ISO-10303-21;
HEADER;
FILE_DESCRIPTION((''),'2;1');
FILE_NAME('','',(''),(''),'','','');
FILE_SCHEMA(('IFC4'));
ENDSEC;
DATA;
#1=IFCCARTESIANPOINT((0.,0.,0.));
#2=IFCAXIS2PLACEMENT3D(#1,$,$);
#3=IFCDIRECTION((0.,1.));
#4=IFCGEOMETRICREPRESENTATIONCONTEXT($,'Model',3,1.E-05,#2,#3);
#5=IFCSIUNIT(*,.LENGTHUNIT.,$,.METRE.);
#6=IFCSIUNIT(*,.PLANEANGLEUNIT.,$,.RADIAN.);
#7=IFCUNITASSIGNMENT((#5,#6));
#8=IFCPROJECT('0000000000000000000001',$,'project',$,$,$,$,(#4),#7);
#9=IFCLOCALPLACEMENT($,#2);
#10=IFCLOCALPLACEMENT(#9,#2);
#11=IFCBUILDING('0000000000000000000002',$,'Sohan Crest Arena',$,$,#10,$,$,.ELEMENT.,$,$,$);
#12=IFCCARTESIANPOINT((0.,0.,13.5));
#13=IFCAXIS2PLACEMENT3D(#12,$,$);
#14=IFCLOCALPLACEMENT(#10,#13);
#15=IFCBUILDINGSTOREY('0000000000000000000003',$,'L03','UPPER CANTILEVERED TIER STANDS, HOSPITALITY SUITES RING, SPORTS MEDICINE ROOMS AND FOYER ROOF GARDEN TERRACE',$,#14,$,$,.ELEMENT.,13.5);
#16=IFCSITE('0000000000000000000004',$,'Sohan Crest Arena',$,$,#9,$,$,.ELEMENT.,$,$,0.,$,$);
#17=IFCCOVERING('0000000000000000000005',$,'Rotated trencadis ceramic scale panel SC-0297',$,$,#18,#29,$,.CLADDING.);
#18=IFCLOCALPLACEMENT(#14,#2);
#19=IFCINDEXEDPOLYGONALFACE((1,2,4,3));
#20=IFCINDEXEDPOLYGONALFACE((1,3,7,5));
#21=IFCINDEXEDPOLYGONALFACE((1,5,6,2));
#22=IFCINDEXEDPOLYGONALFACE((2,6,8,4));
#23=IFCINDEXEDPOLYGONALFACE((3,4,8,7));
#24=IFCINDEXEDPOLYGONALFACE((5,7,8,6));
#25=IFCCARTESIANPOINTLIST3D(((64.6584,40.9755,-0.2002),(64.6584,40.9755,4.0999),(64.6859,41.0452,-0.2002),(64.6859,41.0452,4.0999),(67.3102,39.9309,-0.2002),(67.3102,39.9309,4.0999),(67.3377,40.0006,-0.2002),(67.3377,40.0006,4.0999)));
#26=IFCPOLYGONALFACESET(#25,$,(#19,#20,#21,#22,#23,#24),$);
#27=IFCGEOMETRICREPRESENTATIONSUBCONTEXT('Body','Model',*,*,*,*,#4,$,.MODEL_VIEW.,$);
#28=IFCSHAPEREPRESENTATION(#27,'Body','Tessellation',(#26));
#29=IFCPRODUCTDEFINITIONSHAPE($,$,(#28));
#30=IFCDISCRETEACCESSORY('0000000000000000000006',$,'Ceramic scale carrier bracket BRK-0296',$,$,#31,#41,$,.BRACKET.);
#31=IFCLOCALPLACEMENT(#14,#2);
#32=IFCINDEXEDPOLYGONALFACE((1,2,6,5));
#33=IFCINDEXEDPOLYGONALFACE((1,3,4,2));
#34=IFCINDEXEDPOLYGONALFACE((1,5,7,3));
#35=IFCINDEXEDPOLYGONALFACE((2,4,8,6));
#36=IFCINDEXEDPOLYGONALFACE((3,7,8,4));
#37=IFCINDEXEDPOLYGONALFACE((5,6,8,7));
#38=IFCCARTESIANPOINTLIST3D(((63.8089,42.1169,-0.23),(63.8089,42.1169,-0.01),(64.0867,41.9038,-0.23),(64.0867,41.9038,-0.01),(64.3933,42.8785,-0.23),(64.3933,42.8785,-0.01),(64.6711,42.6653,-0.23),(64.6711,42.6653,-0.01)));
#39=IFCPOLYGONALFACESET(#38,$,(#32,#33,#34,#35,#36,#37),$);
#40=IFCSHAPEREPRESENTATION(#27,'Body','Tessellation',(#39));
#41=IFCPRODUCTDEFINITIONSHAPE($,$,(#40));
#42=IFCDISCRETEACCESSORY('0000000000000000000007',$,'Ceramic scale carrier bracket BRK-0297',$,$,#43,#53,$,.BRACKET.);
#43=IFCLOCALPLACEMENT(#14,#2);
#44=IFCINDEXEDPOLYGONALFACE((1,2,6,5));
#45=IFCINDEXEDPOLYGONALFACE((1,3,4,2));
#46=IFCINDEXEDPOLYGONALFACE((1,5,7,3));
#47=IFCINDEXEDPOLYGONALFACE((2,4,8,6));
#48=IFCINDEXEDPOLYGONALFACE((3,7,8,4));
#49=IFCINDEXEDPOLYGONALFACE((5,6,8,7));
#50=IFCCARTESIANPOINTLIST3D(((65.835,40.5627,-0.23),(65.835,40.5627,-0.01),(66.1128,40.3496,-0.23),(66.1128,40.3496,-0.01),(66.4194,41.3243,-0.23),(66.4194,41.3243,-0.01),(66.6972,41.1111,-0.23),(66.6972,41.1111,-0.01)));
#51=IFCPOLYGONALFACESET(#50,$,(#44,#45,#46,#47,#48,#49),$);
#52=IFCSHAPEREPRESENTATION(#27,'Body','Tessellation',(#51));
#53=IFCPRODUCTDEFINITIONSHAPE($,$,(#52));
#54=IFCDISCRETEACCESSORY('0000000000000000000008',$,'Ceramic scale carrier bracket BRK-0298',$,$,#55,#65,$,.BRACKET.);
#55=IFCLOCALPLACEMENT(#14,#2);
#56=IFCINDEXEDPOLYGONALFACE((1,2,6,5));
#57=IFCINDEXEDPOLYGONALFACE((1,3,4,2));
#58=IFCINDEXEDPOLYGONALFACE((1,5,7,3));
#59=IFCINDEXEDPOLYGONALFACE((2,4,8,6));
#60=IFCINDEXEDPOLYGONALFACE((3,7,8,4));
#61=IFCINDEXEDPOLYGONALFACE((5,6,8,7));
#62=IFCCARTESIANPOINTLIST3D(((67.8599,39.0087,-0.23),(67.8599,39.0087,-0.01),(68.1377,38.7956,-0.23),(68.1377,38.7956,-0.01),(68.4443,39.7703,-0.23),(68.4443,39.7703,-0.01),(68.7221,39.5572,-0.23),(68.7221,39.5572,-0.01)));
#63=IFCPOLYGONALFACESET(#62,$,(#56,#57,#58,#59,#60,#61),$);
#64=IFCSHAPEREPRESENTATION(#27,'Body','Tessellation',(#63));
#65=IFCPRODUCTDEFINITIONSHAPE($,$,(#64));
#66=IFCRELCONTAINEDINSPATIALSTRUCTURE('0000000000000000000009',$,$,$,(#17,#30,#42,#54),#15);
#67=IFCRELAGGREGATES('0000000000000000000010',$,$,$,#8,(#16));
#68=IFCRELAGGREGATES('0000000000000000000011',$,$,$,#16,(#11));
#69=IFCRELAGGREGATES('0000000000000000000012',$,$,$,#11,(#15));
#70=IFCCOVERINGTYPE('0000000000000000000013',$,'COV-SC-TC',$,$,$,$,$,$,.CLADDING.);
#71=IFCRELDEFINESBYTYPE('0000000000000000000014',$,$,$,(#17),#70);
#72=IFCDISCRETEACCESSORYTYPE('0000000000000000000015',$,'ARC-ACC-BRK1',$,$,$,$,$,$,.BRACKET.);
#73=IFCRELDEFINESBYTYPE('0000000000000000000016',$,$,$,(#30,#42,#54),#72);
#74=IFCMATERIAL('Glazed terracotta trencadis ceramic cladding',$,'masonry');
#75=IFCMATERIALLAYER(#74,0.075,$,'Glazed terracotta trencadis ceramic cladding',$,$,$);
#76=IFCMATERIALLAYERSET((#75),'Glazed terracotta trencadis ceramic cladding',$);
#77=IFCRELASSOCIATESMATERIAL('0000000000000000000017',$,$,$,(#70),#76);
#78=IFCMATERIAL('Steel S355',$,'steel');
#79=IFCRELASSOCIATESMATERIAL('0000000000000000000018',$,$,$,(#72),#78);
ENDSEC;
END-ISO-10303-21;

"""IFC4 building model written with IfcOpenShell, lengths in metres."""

from ifc_helpers import new_model, si_unit, direction, frame, origin, origin_2d, place, context, subcontext, project, spatial, rectangle, extrude, material, layer, layer_set, type_object, element, save


model = new_model("IFC4")

# Units and contexts
model_context = context("Model", 3, precision=1e-05, world=origin(), true_north=direction((0.0, 1.0)))
body_context = subcontext(model_context, "Body", "Model", "MODEL_VIEW")
ifc_project = project(units=[si_unit("LENGTHUNIT", "METRE"), si_unit("PLANEANGLEUNIT", "RADIAN")], contexts=[model_context])

# Site, building, storey
site_placement = place(None, origin())
site = spatial("IfcSite", under=ifc_project, at=site_placement, Name="Sohan Crest Arena", CompositionType="ELEMENT", RefElevation=0.0)
building_placement = place(site_placement, origin())
building = spatial("IfcBuilding", under=site, at=building_placement, Name="Sohan Crest Arena", CompositionType="ELEMENT")
storey_placement = place(building_placement, frame((0.0, 0.0, 13.5)))
storey = spatial("IfcBuildingStorey", under=building, at=storey_placement, Name="L03", Description="UPPER CANTILEVERED TIER STANDS, HOSPITALITY SUITES RING, SPORTS MEDICINE ROOMS AND FOYER ROOF GARDEN TERRACE", CompositionType="ELEMENT", Elevation=13.5)

# Covering
ifc_material_1 = material(Name="Glazed terracotta trencadis ceramic cladding", Category="masonry")
ifc_layer_1 = layer(ifc_material_1, 0.075, Name="Glazed terracotta trencadis ceramic cladding")
ifc_layer_set_1 = layer_set([ifc_layer_1], Name="Glazed terracotta trencadis ceramic cladding")
covering_type_1 = type_object("IfcCoveringType", Name="COV-SC-TC", PredefinedType="CLADDING", material=ifc_layer_set_1)
covering_placement = place(storey_placement, frame((65.998, 40.488, -0.2002), z_axis=(0.0, 0.0, 1.0), x_axis=(0.930418, -0.366501, 0.0)))
element("IfcCovering", 1, at=covering_placement, inside=storey, type_object=covering_type_1, Name="Rotated trencadis ceramic scale panel SC-0297", PredefinedType="CLADDING", context=body_context, shape_type="SweptSolid", body=[
    extrude(rectangle(XDim=2.8501, YDim=0.075, at=origin_2d()), origin(), (0.0, 0.0, 1.0), 4.3),
])

# Discrete accessories
ifc_material_2 = material(Name="Steel S355", Category="steel")
discrete_accessory_type = type_object("IfcDiscreteAccessoryType", Name="ARC-ACC-BRK1", PredefinedType="BRACKET", material=ifc_material_2)
for number, where, z_axis, x_axis, name in (
    (2, (64.24, 42.3911, -0.23), (0.0, 0.0, 1.0), (0.793353, -0.608761, 0.0), "Ceramic scale carrier bracket BRK-0296"),
    (3, (66.2661, 40.8369, -0.23), (0.0, 0.0, 1.0), (0.793353, -0.608761, 0.0), "Ceramic scale carrier bracket BRK-0297"),
    (4, (68.291, 39.283, -0.23), (0.0, 0.0, 1.0), (0.793353, -0.608761, 0.0), "Ceramic scale carrier bracket BRK-0298"),
):
    element("IfcDiscreteAccessory", number, at=place(storey_placement, frame(where, z_axis=z_axis, x_axis=x_axis)), inside=storey, type_object=discrete_accessory_type, Name=name, PredefinedType="BRACKET", context=body_context, shape_type="SweptSolid", body=[
        extrude(rectangle(XDim=0.3501, YDim=0.96, at=origin_2d()), origin(), (0.0, 0.0, 1.0), 0.22),
    ])

save(model, "model.ifc")
